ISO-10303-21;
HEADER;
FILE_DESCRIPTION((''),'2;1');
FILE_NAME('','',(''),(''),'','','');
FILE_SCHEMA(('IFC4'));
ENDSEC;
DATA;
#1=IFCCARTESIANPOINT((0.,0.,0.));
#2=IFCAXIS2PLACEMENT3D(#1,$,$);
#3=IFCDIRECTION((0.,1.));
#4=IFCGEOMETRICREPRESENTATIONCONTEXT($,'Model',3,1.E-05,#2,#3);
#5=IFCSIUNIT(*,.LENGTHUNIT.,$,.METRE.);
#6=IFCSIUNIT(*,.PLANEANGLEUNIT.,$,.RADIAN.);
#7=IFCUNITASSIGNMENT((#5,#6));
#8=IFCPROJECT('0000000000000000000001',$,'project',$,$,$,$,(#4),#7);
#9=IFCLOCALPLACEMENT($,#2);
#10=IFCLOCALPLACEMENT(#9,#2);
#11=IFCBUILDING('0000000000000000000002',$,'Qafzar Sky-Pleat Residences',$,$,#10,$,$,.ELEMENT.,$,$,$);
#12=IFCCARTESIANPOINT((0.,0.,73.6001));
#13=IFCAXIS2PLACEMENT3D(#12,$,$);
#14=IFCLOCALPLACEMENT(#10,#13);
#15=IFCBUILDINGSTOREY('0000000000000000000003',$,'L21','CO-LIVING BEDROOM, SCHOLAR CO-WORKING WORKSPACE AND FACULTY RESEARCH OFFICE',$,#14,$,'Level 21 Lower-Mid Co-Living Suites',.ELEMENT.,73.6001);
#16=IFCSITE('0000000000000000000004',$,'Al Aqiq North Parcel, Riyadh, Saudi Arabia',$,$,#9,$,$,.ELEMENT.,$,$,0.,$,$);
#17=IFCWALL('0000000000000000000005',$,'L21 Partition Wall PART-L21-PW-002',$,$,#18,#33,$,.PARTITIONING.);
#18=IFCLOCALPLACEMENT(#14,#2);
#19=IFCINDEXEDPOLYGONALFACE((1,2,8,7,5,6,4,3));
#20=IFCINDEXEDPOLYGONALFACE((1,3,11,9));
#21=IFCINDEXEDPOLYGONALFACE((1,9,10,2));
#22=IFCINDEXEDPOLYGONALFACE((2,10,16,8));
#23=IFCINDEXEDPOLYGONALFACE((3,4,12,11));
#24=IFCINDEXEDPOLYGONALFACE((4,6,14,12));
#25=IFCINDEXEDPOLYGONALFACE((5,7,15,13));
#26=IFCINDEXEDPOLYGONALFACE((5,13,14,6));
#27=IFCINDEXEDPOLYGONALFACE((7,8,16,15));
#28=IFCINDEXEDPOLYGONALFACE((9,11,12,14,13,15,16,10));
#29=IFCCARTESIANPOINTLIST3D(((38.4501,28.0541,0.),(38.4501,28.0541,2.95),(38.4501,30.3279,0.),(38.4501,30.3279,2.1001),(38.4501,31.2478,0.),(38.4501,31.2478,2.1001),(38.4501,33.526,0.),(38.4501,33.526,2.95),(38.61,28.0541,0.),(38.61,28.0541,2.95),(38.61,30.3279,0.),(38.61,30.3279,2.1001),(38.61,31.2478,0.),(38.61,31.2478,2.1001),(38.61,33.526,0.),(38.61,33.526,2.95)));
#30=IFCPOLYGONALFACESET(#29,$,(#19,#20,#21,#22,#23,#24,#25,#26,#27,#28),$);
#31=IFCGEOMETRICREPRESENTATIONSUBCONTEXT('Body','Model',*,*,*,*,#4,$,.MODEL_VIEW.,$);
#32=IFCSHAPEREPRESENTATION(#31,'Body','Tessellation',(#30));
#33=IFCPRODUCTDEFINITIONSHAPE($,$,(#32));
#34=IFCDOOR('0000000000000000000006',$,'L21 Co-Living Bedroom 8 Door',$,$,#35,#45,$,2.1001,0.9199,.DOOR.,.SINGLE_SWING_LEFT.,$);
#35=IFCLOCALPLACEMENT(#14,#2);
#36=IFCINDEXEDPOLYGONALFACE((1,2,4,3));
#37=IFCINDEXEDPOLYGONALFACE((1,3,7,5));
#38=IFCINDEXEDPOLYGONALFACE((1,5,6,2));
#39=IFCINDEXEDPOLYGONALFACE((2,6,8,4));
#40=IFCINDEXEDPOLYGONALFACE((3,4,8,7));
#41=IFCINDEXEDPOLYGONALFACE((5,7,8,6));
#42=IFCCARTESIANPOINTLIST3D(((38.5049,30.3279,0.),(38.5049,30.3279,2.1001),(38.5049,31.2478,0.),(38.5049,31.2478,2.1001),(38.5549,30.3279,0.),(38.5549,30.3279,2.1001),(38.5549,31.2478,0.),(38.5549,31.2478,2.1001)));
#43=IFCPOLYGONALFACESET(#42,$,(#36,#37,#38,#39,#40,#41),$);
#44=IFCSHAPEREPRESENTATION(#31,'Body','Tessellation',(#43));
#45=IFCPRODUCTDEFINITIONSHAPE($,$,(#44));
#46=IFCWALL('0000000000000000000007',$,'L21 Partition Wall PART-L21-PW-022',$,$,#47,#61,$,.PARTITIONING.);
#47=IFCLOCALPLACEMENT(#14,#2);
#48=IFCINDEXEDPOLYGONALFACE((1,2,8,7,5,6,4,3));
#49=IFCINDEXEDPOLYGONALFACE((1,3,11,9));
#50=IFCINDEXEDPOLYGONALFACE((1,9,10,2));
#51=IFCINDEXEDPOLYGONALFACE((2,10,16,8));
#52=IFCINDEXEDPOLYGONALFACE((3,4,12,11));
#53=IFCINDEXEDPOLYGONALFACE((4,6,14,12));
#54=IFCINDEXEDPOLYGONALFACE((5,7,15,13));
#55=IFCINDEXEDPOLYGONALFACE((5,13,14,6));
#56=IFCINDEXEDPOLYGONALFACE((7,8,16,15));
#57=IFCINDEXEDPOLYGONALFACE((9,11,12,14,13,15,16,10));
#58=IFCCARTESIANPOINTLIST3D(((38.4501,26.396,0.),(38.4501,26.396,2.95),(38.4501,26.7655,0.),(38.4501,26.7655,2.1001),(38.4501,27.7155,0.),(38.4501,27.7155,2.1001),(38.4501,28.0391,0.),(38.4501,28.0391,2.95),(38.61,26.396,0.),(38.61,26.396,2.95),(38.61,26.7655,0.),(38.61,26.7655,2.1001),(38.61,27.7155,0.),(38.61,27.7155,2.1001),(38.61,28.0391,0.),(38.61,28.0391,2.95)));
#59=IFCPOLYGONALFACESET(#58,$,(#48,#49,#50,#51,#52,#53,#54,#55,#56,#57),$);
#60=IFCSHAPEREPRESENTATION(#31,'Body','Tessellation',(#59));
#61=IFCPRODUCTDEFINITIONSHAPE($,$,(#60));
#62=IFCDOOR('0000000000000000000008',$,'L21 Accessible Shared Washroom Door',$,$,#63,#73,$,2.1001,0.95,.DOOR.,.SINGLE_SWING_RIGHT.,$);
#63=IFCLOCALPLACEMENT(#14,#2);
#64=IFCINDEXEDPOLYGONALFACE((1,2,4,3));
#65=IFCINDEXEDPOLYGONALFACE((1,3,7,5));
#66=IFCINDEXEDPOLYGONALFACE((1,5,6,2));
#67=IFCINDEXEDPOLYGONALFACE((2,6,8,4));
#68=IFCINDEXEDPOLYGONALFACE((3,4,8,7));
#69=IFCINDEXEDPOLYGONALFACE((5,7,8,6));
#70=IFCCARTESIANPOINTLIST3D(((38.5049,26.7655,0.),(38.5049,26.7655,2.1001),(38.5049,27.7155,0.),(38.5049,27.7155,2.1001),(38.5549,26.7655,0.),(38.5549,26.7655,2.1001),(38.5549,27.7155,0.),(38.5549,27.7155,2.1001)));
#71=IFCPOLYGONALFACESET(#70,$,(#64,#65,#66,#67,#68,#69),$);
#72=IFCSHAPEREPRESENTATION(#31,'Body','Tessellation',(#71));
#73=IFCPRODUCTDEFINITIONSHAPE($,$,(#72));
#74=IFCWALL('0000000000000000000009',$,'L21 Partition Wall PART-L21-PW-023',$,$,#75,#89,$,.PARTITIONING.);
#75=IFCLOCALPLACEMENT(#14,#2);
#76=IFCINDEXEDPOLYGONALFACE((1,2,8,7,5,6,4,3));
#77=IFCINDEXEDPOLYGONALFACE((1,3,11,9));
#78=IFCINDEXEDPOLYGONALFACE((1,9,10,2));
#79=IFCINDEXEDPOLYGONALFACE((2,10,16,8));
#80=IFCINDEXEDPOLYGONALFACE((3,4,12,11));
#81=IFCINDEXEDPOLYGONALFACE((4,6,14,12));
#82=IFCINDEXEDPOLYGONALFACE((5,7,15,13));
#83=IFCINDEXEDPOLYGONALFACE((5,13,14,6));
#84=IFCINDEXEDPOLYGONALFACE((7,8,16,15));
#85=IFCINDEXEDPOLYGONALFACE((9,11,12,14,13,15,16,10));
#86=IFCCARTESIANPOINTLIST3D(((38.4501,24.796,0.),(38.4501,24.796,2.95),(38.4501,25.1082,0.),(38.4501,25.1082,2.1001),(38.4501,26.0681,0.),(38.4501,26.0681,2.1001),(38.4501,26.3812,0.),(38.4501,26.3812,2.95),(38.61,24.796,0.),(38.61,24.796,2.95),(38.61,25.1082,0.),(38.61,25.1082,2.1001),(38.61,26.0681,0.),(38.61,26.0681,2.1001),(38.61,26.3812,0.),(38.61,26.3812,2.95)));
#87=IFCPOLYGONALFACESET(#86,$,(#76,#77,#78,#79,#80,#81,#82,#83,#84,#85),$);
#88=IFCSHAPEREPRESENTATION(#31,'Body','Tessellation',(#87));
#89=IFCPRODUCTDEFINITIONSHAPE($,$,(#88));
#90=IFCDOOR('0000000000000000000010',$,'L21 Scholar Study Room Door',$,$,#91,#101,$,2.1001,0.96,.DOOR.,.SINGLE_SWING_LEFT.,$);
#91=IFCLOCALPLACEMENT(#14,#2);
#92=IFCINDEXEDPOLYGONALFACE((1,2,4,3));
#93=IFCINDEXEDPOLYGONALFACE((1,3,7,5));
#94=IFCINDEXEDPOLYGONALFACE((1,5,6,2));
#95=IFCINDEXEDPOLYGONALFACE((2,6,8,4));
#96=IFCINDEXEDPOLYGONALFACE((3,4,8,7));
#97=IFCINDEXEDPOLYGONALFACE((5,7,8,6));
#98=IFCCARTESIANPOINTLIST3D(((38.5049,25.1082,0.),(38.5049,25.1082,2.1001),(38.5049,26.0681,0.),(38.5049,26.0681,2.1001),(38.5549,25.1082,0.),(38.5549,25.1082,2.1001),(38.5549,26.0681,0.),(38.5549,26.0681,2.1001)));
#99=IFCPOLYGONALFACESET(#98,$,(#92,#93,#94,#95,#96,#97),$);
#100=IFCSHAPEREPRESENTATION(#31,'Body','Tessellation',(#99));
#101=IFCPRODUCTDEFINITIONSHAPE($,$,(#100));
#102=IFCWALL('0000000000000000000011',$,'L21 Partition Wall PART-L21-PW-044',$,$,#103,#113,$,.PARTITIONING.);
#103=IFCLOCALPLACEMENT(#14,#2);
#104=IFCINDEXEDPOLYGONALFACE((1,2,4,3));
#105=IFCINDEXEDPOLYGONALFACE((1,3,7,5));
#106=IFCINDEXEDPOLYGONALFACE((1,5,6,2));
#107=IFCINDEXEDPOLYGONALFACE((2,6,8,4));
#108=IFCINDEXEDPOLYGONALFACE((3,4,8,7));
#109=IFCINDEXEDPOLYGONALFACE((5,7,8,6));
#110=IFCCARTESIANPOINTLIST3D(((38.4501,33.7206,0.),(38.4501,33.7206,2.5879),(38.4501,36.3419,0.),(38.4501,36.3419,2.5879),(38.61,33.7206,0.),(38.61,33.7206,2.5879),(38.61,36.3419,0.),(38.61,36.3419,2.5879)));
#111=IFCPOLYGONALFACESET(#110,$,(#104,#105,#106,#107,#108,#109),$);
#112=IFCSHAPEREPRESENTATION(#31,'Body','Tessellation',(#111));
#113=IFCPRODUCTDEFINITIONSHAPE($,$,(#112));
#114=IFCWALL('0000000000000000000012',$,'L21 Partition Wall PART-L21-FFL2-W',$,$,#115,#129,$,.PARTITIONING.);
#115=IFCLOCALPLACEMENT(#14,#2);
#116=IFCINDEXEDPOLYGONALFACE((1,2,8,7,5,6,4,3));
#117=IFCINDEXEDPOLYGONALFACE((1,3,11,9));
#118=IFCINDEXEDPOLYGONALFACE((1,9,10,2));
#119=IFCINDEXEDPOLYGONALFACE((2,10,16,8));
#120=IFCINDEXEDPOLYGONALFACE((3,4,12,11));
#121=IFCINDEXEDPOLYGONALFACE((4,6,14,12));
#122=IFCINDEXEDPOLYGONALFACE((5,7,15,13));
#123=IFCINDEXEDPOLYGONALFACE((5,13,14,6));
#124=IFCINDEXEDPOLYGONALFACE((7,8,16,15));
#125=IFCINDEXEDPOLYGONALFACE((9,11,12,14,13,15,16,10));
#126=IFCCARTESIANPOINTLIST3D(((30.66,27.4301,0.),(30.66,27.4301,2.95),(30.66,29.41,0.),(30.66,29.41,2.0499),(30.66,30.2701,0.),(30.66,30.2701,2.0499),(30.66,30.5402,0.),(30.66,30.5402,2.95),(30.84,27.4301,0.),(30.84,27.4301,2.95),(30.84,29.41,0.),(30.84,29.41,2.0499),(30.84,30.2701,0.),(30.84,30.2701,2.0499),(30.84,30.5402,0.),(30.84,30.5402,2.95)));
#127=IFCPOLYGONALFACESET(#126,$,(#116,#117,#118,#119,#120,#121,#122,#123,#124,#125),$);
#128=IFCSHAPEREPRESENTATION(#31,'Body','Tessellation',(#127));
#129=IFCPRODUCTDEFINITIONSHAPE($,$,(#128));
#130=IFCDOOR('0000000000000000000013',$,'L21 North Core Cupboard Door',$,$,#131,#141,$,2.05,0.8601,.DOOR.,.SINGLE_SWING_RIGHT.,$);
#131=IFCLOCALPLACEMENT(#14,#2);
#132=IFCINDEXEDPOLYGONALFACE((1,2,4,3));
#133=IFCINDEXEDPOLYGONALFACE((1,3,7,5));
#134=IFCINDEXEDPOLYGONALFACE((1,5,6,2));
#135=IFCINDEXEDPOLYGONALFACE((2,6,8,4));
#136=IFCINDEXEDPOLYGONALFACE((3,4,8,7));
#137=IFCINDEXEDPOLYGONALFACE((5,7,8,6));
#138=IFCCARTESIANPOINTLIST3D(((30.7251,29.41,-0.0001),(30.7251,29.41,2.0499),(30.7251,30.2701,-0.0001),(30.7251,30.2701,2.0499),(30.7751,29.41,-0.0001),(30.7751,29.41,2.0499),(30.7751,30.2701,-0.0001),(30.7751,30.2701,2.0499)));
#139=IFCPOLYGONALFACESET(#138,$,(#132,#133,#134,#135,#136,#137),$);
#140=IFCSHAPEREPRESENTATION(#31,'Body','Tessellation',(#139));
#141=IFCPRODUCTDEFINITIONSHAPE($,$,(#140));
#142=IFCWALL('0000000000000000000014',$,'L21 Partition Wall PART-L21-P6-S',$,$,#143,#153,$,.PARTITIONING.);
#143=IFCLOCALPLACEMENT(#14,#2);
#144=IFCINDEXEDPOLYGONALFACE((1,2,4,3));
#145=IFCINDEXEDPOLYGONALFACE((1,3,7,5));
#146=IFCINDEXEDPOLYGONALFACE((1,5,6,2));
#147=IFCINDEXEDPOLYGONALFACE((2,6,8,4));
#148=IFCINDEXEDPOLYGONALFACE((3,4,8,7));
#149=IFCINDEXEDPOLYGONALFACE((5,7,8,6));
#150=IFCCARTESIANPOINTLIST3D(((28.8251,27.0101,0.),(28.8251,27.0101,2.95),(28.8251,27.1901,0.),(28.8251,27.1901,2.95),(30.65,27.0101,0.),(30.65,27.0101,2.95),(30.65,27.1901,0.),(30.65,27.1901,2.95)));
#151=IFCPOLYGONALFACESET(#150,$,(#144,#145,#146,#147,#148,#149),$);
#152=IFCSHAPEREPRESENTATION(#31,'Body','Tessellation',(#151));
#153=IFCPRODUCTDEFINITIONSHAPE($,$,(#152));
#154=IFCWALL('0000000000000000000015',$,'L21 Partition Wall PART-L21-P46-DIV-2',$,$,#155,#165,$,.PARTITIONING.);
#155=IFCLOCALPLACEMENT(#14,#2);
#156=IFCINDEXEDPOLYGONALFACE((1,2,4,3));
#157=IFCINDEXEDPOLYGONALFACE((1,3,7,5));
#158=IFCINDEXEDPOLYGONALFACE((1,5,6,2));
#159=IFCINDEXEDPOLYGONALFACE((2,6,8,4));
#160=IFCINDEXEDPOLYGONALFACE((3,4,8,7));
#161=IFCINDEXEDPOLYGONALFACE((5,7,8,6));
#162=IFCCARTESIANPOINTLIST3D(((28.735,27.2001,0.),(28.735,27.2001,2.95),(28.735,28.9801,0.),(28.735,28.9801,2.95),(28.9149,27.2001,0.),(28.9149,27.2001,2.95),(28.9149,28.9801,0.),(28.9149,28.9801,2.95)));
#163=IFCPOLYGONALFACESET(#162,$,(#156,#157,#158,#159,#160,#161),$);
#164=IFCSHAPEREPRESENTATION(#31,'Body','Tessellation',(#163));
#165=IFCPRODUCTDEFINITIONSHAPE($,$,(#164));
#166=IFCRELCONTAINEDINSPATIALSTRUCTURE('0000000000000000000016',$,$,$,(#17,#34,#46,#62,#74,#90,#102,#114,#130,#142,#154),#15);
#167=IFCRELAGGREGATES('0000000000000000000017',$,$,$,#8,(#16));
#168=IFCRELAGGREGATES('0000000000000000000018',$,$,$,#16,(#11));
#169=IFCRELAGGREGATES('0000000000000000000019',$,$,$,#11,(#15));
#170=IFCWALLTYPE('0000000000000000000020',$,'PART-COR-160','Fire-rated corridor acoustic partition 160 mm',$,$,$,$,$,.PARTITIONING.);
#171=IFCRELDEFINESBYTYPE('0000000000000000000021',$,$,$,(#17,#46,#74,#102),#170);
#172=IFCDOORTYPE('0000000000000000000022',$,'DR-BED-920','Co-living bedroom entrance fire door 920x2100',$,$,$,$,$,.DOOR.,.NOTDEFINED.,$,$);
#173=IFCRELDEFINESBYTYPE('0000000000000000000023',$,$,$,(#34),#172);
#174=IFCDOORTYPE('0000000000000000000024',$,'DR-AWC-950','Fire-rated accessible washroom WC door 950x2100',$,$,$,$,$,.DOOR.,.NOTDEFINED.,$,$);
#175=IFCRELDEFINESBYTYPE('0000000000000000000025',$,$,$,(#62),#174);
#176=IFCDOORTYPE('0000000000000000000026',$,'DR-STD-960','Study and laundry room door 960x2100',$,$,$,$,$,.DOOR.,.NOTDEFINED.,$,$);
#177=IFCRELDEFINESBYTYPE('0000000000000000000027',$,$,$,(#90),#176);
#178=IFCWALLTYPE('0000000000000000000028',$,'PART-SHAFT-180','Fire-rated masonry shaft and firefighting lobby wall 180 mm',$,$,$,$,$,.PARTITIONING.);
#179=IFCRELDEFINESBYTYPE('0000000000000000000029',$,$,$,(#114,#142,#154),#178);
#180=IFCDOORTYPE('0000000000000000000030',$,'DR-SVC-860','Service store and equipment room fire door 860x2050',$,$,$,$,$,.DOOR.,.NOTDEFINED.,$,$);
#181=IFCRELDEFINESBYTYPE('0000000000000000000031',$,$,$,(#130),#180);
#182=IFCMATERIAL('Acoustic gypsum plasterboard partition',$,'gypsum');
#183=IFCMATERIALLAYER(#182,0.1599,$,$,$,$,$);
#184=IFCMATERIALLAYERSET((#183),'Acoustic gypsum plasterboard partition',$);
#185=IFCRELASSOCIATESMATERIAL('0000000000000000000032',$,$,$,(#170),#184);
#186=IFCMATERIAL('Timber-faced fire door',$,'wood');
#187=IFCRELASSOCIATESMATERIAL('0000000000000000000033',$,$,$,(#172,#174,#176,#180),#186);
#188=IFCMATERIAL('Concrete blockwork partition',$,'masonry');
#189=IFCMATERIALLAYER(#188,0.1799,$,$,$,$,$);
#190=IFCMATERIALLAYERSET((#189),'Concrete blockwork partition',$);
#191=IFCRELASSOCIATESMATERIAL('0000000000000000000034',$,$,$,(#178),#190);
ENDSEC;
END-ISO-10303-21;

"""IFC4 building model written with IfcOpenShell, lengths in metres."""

from ifc_helpers import new_model, si_unit, direction, frame, frame_2d, origin, place, context, subcontext, project, spatial, rectangle, extrude, source, transform, mapped, material, layer, layer_set, type_object, element, fill, save


model = new_model("IFC4")

# Units and contexts
model_context = context("Model", 3, precision=1e-05, world=origin(), true_north=direction((0.0, 1.0)))
body_context = subcontext(model_context, "Body", "Model", "MODEL_VIEW")
ifc_project = project(units=[si_unit("LENGTHUNIT", "METRE"), si_unit("PLANEANGLEUNIT", "RADIAN")], contexts=[model_context])

# Site, building, storey
site_placement = place(None, origin())
site = spatial("IfcSite", under=ifc_project, at=site_placement, Name="Al Aqiq North Parcel, Riyadh, Saudi Arabia", CompositionType="ELEMENT", RefElevation=0.0)
building_placement = place(site_placement, origin())
building = spatial("IfcBuilding", under=site, at=building_placement, Name="Qafzar Sky-Pleat Residences", CompositionType="ELEMENT")
storey_placement = place(building_placement, frame((0.0, 0.0, 73.6001)))
storey = spatial("IfcBuildingStorey", under=building, at=storey_placement, Name="L21", Description="CO-LIVING BEDROOM, SCHOLAR CO-WORKING WORKSPACE AND FACULTY RESEARCH OFFICE", LongName="Level 21 Lower-Mid Co-Living Suites", CompositionType="ELEMENT", Elevation=73.6001)

# Walls, openings, doors
ifc_material_1 = material(Name="Acoustic gypsum plasterboard partition", Category="gypsum")
ifc_layer_1 = layer(ifc_material_1, 0.1599)
ifc_layer_set_1 = layer_set([ifc_layer_1], Name="Acoustic gypsum plasterboard partition")
wall_type_1 = type_object("IfcWallType", Name="PART-COR-160", Description="Fire-rated corridor acoustic partition 160 mm", PredefinedType="PARTITIONING", material=ifc_layer_set_1)
wall_1_placement = place(storey_placement, frame((38.53, 33.5259, 0.0), z_axis=(0.0, 0.0, 1.0), x_axis=(0.0, -1.0, 0.0)))
wall_1 = element("IfcWall", 1, at=wall_1_placement, inside=storey, type_object=wall_type_1, Name="L21 Partition Wall PART-L21-PW-002", PredefinedType="PARTITIONING", context=body_context, shape_type="SweptSolid", body=[
    extrude(rectangle(XDim=5.4719, YDim=0.1599, at=frame_2d((2.7358, 0.0))), origin(), (0.0, 0.0, 1.0), 2.95),
])
opening_1_placement = place(wall_1_placement, frame((2.2781, 0.0, 0.0)))
opening_1 = element("IfcOpeningElement", 2, at=opening_1_placement, cuts=wall_1, PredefinedType="OPENING", context=body_context, shape_type="SweptSolid", body=[
    extrude(rectangle(XDim=0.9199, YDim=2.1001, at=frame_2d((0.46, 1.05))), frame((0.0, 0.0898, 0.0), z_axis=(0.0, -1.0, 0.0), x_axis=(1.0, 0.0, 0.0)), (0.0, 0.0, 1.0), 0.1799),
])
ifc_material_2 = material(Name="Timber-faced fire door", Category="wood")
door_type_1 = type_object("IfcDoorType", Name="DR-BED-920", Description="Co-living bedroom entrance fire door 920x2100", OperationType="NOTDEFINED", PredefinedType="DOOR", material=ifc_material_2)
shared_shape_1 = source(origin(), body_context, "Body", "SweptSolid", [
    extrude(rectangle(XDim=0.9199, YDim=2.1001, at=frame_2d((0.46, 1.05))), frame((0.0, 0.0249, 0.0), z_axis=(0.0, -1.0, 0.0), x_axis=(1.0, 0.0, 0.0)), (0.0, 0.0, 1.0), 0.05),
])
door_1_placement = place(opening_1_placement, origin())
door_1 = element("IfcDoor", 3, at=door_1_placement, inside=storey, type_object=door_type_1, Name="L21 Co-Living Bedroom 8 Door", OperationType="SINGLE_SWING_LEFT", OverallHeight=2.1001, OverallWidth=0.9199, PredefinedType="DOOR", context=body_context, shape_type="MappedRepresentation", body=[
    mapped(shared_shape_1, transform((0.0, 0.0, 0.0), x_axis=(1.0, 0.0, 0.0), y_axis=(0.0, 1.0, 0.0), z_axis=(0.0, 0.0, 1.0), scale=1.0)),
])
fill(opening_1, door_1)
wall_2_placement = place(storey_placement, frame((38.53, 28.0391, 0.0), z_axis=(0.0, 0.0, 1.0), x_axis=(0.0, -1.0, 0.0)))
wall_2 = element("IfcWall", 4, at=wall_2_placement, inside=storey, type_object=wall_type_1, Name="L21 Partition Wall PART-L21-PW-022", PredefinedType="PARTITIONING", context=body_context, shape_type="SweptSolid", body=[
    extrude(rectangle(XDim=1.6431, YDim=0.1599, at=frame_2d((0.8215, 0.0))), origin(), (0.0, 0.0, 1.0), 2.95),
])
opening_2_placement = place(wall_2_placement, frame((0.3235, 0.0, 0.0)))
opening_2 = element("IfcOpeningElement", 5, at=opening_2_placement, cuts=wall_2, PredefinedType="OPENING", context=body_context, shape_type="SweptSolid", body=[
    extrude(rectangle(XDim=0.95, YDim=2.1001, at=frame_2d((0.4751, 1.05))), frame((0.0, 0.0898, 0.0), z_axis=(0.0, -1.0, 0.0), x_axis=(1.0, 0.0, 0.0)), (0.0, 0.0, 1.0), 0.1799),
])
door_type_2 = type_object("IfcDoorType", Name="DR-AWC-950", Description="Fire-rated accessible washroom WC door 950x2100", OperationType="NOTDEFINED", PredefinedType="DOOR", material=ifc_material_2)
shared_shape_2 = source(origin(), body_context, "Body", "SweptSolid", [
    extrude(rectangle(XDim=0.95, YDim=2.1001, at=frame_2d((0.4751, 1.05))), frame((0.0, 0.0249, 0.0), z_axis=(0.0, -1.0, 0.0), x_axis=(1.0, 0.0, 0.0)), (0.0, 0.0, 1.0), 0.05),
])
door_2_placement = place(opening_2_placement, origin())
door_2 = element("IfcDoor", 6, at=door_2_placement, inside=storey, type_object=door_type_2, Name="L21 Accessible Shared Washroom Door", OperationType="SINGLE_SWING_RIGHT", OverallHeight=2.1001, OverallWidth=0.95, PredefinedType="DOOR", context=body_context, shape_type="MappedRepresentation", body=[
    mapped(shared_shape_2, transform((0.0, 0.0, 0.0), x_axis=(1.0, 0.0, 0.0), y_axis=(0.0, 1.0, 0.0), z_axis=(0.0, 0.0, 1.0), scale=1.0)),
])
fill(opening_2, door_2)
wall_3_placement = place(storey_placement, frame((38.53, 26.3811, 0.0), z_axis=(0.0, 0.0, 1.0), x_axis=(0.0, -1.0, 0.0)))
wall_3 = element("IfcWall", 7, at=wall_3_placement, inside=storey, type_object=wall_type_1, Name="L21 Partition Wall PART-L21-PW-023", PredefinedType="PARTITIONING", context=body_context, shape_type="SweptSolid", body=[
    extrude(rectangle(XDim=1.5852, YDim=0.1599, at=frame_2d((0.7925, 0.0))), origin(), (0.0, 0.0, 1.0), 2.95),
])
opening_3_placement = place(wall_3_placement, frame((0.313, 0.0, 0.0)))
opening_3 = element("IfcOpeningElement", 8, at=opening_3_placement, cuts=wall_3, PredefinedType="OPENING", context=body_context, shape_type="SweptSolid", body=[
    extrude(rectangle(XDim=0.96, YDim=2.1001, at=frame_2d((0.48, 1.05))), frame((0.0, 0.0898, 0.0), z_axis=(0.0, -1.0, 0.0), x_axis=(1.0, 0.0, 0.0)), (0.0, 0.0, 1.0), 0.1799),
])
door_type_3 = type_object("IfcDoorType", Name="DR-STD-960", Description="Study and laundry room door 960x2100", OperationType="NOTDEFINED", PredefinedType="DOOR", material=ifc_material_2)
shared_shape_3 = source(origin(), body_context, "Body", "SweptSolid", [
    extrude(rectangle(XDim=0.96, YDim=2.1001, at=frame_2d((0.48, 1.05))), frame((0.0, 0.0249, 0.0), z_axis=(0.0, -1.0, 0.0), x_axis=(1.0, 0.0, 0.0)), (0.0, 0.0, 1.0), 0.05),
])
door_3_placement = place(opening_3_placement, origin())
door_3 = element("IfcDoor", 9, at=door_3_placement, inside=storey, type_object=door_type_3, Name="L21 Scholar Study Room Door", OperationType="SINGLE_SWING_LEFT", OverallHeight=2.1001, OverallWidth=0.96, PredefinedType="DOOR", context=body_context, shape_type="MappedRepresentation", body=[
    mapped(shared_shape_3, transform((0.0, 0.0, 0.0), x_axis=(1.0, 0.0, 0.0), y_axis=(0.0, 1.0, 0.0), z_axis=(0.0, 0.0, 1.0), scale=1.0)),
])
fill(opening_3, door_3)

# Wall
wall_4_placement = place(storey_placement, frame((38.53, 33.7207, 0.0), z_axis=(0.0, 0.0, 1.0), x_axis=(0.0, 1.0, 0.0)))
element("IfcWall", 10, at=wall_4_placement, inside=storey, type_object=wall_type_1, Name="L21 Partition Wall PART-L21-PW-044", PredefinedType="PARTITIONING", context=body_context, shape_type="SweptSolid", body=[
    extrude(rectangle(XDim=2.6213, YDim=0.1599, at=frame_2d((1.3105, 0.0))), origin(), (0.0, 0.0, 1.0), 2.5879),
])

# Wall, opening, door
ifc_material_3 = material(Name="Concrete blockwork partition", Category="masonry")
ifc_layer_2 = layer(ifc_material_3, 0.1799)
ifc_layer_set_2 = layer_set([ifc_layer_2], Name="Concrete blockwork partition")
wall_type_2 = type_object("IfcWallType", Name="PART-SHAFT-180", Description="Fire-rated masonry shaft and firefighting lobby wall 180 mm", PredefinedType="PARTITIONING", material=ifc_layer_set_2)
wall_5_placement = place(storey_placement, frame((30.75, 27.4299, 0.0), z_axis=(0.0, 0.0, 1.0), x_axis=(0.0, 1.0, 0.0)))
wall_5 = element("IfcWall", 11, at=wall_5_placement, inside=storey, type_object=wall_type_2, Name="L21 Partition Wall PART-L21-FFL2-W", PredefinedType="PARTITIONING", context=body_context, shape_type="SweptSolid", body=[
    extrude(rectangle(XDim=3.1101, YDim=0.1799, at=frame_2d((1.5552, 0.0))), origin(), (0.0, 0.0, 1.0), 2.95),
])
opening_4_placement = place(wall_5_placement, frame((1.98, 0.0, 0.0)))
opening_4 = element("IfcOpeningElement", 12, at=opening_4_placement, cuts=wall_5, PredefinedType="OPENING", context=body_context, shape_type="SweptSolid", body=[
    extrude(rectangle(XDim=0.8601, YDim=2.05, at=frame_2d((0.4302, 1.0249))), frame((0.0, 0.1001, 0.0), z_axis=(0.0, -1.0, 0.0), x_axis=(1.0, 0.0, 0.0)), (0.0, 0.0, 1.0), 0.2),
])
door_type_4 = type_object("IfcDoorType", Name="DR-SVC-860", Description="Service store and equipment room fire door 860x2050", OperationType="NOTDEFINED", PredefinedType="DOOR", material=ifc_material_2)
shared_shape_4 = source(origin(), body_context, "Body", "SweptSolid", [
    extrude(rectangle(XDim=0.8601, YDim=2.05, at=frame_2d((0.4302, 1.0249))), frame((0.0, 0.0249, 0.0), z_axis=(0.0, -1.0, 0.0), x_axis=(1.0, 0.0, 0.0)), (0.0, 0.0, 1.0), 0.05),
])
door_4_placement = place(opening_4_placement, origin())
door_4 = element("IfcDoor", 13, at=door_4_placement, inside=storey, type_object=door_type_4, Name="L21 North Core Cupboard Door", OperationType="SINGLE_SWING_RIGHT", OverallHeight=2.05, OverallWidth=0.8601, PredefinedType="DOOR", context=body_context, shape_type="MappedRepresentation", body=[
    mapped(shared_shape_4, transform((0.0, 0.0, 0.0), x_axis=(1.0, 0.0, 0.0), y_axis=(0.0, 1.0, 0.0), z_axis=(0.0, 0.0, 1.0), scale=1.0)),
])
fill(opening_4, door_4)

# Walls
wall_6_placement = place(storey_placement, frame((28.825, 27.1001, 0.0), z_axis=(0.0, 0.0, 1.0), x_axis=(1.0, 0.0, 0.0)))
element("IfcWall", 14, at=wall_6_placement, inside=storey, type_object=wall_type_2, Name="L21 Partition Wall PART-L21-P6-S", PredefinedType="PARTITIONING", context=body_context, shape_type="SweptSolid", body=[
    extrude(rectangle(XDim=1.825, YDim=0.1799, at=frame_2d((0.9126, 0.0))), origin(), (0.0, 0.0, 1.0), 2.95),
])
wall_7_placement = place(storey_placement, frame((28.825, 27.2, 0.0), z_axis=(0.0, 0.0, 1.0), x_axis=(0.0, 1.0, 0.0)))
element("IfcWall", 15, at=wall_7_placement, inside=storey, type_object=wall_type_2, Name="L21 Partition Wall PART-L21-P46-DIV-2", PredefinedType="PARTITIONING", context=body_context, shape_type="SweptSolid", body=[
    extrude(rectangle(XDim=1.78, YDim=0.1799, at=frame_2d((0.8901, 0.0))), origin(), (0.0, 0.0, 1.0), 2.95),
])

save(model, "model.ifc")
